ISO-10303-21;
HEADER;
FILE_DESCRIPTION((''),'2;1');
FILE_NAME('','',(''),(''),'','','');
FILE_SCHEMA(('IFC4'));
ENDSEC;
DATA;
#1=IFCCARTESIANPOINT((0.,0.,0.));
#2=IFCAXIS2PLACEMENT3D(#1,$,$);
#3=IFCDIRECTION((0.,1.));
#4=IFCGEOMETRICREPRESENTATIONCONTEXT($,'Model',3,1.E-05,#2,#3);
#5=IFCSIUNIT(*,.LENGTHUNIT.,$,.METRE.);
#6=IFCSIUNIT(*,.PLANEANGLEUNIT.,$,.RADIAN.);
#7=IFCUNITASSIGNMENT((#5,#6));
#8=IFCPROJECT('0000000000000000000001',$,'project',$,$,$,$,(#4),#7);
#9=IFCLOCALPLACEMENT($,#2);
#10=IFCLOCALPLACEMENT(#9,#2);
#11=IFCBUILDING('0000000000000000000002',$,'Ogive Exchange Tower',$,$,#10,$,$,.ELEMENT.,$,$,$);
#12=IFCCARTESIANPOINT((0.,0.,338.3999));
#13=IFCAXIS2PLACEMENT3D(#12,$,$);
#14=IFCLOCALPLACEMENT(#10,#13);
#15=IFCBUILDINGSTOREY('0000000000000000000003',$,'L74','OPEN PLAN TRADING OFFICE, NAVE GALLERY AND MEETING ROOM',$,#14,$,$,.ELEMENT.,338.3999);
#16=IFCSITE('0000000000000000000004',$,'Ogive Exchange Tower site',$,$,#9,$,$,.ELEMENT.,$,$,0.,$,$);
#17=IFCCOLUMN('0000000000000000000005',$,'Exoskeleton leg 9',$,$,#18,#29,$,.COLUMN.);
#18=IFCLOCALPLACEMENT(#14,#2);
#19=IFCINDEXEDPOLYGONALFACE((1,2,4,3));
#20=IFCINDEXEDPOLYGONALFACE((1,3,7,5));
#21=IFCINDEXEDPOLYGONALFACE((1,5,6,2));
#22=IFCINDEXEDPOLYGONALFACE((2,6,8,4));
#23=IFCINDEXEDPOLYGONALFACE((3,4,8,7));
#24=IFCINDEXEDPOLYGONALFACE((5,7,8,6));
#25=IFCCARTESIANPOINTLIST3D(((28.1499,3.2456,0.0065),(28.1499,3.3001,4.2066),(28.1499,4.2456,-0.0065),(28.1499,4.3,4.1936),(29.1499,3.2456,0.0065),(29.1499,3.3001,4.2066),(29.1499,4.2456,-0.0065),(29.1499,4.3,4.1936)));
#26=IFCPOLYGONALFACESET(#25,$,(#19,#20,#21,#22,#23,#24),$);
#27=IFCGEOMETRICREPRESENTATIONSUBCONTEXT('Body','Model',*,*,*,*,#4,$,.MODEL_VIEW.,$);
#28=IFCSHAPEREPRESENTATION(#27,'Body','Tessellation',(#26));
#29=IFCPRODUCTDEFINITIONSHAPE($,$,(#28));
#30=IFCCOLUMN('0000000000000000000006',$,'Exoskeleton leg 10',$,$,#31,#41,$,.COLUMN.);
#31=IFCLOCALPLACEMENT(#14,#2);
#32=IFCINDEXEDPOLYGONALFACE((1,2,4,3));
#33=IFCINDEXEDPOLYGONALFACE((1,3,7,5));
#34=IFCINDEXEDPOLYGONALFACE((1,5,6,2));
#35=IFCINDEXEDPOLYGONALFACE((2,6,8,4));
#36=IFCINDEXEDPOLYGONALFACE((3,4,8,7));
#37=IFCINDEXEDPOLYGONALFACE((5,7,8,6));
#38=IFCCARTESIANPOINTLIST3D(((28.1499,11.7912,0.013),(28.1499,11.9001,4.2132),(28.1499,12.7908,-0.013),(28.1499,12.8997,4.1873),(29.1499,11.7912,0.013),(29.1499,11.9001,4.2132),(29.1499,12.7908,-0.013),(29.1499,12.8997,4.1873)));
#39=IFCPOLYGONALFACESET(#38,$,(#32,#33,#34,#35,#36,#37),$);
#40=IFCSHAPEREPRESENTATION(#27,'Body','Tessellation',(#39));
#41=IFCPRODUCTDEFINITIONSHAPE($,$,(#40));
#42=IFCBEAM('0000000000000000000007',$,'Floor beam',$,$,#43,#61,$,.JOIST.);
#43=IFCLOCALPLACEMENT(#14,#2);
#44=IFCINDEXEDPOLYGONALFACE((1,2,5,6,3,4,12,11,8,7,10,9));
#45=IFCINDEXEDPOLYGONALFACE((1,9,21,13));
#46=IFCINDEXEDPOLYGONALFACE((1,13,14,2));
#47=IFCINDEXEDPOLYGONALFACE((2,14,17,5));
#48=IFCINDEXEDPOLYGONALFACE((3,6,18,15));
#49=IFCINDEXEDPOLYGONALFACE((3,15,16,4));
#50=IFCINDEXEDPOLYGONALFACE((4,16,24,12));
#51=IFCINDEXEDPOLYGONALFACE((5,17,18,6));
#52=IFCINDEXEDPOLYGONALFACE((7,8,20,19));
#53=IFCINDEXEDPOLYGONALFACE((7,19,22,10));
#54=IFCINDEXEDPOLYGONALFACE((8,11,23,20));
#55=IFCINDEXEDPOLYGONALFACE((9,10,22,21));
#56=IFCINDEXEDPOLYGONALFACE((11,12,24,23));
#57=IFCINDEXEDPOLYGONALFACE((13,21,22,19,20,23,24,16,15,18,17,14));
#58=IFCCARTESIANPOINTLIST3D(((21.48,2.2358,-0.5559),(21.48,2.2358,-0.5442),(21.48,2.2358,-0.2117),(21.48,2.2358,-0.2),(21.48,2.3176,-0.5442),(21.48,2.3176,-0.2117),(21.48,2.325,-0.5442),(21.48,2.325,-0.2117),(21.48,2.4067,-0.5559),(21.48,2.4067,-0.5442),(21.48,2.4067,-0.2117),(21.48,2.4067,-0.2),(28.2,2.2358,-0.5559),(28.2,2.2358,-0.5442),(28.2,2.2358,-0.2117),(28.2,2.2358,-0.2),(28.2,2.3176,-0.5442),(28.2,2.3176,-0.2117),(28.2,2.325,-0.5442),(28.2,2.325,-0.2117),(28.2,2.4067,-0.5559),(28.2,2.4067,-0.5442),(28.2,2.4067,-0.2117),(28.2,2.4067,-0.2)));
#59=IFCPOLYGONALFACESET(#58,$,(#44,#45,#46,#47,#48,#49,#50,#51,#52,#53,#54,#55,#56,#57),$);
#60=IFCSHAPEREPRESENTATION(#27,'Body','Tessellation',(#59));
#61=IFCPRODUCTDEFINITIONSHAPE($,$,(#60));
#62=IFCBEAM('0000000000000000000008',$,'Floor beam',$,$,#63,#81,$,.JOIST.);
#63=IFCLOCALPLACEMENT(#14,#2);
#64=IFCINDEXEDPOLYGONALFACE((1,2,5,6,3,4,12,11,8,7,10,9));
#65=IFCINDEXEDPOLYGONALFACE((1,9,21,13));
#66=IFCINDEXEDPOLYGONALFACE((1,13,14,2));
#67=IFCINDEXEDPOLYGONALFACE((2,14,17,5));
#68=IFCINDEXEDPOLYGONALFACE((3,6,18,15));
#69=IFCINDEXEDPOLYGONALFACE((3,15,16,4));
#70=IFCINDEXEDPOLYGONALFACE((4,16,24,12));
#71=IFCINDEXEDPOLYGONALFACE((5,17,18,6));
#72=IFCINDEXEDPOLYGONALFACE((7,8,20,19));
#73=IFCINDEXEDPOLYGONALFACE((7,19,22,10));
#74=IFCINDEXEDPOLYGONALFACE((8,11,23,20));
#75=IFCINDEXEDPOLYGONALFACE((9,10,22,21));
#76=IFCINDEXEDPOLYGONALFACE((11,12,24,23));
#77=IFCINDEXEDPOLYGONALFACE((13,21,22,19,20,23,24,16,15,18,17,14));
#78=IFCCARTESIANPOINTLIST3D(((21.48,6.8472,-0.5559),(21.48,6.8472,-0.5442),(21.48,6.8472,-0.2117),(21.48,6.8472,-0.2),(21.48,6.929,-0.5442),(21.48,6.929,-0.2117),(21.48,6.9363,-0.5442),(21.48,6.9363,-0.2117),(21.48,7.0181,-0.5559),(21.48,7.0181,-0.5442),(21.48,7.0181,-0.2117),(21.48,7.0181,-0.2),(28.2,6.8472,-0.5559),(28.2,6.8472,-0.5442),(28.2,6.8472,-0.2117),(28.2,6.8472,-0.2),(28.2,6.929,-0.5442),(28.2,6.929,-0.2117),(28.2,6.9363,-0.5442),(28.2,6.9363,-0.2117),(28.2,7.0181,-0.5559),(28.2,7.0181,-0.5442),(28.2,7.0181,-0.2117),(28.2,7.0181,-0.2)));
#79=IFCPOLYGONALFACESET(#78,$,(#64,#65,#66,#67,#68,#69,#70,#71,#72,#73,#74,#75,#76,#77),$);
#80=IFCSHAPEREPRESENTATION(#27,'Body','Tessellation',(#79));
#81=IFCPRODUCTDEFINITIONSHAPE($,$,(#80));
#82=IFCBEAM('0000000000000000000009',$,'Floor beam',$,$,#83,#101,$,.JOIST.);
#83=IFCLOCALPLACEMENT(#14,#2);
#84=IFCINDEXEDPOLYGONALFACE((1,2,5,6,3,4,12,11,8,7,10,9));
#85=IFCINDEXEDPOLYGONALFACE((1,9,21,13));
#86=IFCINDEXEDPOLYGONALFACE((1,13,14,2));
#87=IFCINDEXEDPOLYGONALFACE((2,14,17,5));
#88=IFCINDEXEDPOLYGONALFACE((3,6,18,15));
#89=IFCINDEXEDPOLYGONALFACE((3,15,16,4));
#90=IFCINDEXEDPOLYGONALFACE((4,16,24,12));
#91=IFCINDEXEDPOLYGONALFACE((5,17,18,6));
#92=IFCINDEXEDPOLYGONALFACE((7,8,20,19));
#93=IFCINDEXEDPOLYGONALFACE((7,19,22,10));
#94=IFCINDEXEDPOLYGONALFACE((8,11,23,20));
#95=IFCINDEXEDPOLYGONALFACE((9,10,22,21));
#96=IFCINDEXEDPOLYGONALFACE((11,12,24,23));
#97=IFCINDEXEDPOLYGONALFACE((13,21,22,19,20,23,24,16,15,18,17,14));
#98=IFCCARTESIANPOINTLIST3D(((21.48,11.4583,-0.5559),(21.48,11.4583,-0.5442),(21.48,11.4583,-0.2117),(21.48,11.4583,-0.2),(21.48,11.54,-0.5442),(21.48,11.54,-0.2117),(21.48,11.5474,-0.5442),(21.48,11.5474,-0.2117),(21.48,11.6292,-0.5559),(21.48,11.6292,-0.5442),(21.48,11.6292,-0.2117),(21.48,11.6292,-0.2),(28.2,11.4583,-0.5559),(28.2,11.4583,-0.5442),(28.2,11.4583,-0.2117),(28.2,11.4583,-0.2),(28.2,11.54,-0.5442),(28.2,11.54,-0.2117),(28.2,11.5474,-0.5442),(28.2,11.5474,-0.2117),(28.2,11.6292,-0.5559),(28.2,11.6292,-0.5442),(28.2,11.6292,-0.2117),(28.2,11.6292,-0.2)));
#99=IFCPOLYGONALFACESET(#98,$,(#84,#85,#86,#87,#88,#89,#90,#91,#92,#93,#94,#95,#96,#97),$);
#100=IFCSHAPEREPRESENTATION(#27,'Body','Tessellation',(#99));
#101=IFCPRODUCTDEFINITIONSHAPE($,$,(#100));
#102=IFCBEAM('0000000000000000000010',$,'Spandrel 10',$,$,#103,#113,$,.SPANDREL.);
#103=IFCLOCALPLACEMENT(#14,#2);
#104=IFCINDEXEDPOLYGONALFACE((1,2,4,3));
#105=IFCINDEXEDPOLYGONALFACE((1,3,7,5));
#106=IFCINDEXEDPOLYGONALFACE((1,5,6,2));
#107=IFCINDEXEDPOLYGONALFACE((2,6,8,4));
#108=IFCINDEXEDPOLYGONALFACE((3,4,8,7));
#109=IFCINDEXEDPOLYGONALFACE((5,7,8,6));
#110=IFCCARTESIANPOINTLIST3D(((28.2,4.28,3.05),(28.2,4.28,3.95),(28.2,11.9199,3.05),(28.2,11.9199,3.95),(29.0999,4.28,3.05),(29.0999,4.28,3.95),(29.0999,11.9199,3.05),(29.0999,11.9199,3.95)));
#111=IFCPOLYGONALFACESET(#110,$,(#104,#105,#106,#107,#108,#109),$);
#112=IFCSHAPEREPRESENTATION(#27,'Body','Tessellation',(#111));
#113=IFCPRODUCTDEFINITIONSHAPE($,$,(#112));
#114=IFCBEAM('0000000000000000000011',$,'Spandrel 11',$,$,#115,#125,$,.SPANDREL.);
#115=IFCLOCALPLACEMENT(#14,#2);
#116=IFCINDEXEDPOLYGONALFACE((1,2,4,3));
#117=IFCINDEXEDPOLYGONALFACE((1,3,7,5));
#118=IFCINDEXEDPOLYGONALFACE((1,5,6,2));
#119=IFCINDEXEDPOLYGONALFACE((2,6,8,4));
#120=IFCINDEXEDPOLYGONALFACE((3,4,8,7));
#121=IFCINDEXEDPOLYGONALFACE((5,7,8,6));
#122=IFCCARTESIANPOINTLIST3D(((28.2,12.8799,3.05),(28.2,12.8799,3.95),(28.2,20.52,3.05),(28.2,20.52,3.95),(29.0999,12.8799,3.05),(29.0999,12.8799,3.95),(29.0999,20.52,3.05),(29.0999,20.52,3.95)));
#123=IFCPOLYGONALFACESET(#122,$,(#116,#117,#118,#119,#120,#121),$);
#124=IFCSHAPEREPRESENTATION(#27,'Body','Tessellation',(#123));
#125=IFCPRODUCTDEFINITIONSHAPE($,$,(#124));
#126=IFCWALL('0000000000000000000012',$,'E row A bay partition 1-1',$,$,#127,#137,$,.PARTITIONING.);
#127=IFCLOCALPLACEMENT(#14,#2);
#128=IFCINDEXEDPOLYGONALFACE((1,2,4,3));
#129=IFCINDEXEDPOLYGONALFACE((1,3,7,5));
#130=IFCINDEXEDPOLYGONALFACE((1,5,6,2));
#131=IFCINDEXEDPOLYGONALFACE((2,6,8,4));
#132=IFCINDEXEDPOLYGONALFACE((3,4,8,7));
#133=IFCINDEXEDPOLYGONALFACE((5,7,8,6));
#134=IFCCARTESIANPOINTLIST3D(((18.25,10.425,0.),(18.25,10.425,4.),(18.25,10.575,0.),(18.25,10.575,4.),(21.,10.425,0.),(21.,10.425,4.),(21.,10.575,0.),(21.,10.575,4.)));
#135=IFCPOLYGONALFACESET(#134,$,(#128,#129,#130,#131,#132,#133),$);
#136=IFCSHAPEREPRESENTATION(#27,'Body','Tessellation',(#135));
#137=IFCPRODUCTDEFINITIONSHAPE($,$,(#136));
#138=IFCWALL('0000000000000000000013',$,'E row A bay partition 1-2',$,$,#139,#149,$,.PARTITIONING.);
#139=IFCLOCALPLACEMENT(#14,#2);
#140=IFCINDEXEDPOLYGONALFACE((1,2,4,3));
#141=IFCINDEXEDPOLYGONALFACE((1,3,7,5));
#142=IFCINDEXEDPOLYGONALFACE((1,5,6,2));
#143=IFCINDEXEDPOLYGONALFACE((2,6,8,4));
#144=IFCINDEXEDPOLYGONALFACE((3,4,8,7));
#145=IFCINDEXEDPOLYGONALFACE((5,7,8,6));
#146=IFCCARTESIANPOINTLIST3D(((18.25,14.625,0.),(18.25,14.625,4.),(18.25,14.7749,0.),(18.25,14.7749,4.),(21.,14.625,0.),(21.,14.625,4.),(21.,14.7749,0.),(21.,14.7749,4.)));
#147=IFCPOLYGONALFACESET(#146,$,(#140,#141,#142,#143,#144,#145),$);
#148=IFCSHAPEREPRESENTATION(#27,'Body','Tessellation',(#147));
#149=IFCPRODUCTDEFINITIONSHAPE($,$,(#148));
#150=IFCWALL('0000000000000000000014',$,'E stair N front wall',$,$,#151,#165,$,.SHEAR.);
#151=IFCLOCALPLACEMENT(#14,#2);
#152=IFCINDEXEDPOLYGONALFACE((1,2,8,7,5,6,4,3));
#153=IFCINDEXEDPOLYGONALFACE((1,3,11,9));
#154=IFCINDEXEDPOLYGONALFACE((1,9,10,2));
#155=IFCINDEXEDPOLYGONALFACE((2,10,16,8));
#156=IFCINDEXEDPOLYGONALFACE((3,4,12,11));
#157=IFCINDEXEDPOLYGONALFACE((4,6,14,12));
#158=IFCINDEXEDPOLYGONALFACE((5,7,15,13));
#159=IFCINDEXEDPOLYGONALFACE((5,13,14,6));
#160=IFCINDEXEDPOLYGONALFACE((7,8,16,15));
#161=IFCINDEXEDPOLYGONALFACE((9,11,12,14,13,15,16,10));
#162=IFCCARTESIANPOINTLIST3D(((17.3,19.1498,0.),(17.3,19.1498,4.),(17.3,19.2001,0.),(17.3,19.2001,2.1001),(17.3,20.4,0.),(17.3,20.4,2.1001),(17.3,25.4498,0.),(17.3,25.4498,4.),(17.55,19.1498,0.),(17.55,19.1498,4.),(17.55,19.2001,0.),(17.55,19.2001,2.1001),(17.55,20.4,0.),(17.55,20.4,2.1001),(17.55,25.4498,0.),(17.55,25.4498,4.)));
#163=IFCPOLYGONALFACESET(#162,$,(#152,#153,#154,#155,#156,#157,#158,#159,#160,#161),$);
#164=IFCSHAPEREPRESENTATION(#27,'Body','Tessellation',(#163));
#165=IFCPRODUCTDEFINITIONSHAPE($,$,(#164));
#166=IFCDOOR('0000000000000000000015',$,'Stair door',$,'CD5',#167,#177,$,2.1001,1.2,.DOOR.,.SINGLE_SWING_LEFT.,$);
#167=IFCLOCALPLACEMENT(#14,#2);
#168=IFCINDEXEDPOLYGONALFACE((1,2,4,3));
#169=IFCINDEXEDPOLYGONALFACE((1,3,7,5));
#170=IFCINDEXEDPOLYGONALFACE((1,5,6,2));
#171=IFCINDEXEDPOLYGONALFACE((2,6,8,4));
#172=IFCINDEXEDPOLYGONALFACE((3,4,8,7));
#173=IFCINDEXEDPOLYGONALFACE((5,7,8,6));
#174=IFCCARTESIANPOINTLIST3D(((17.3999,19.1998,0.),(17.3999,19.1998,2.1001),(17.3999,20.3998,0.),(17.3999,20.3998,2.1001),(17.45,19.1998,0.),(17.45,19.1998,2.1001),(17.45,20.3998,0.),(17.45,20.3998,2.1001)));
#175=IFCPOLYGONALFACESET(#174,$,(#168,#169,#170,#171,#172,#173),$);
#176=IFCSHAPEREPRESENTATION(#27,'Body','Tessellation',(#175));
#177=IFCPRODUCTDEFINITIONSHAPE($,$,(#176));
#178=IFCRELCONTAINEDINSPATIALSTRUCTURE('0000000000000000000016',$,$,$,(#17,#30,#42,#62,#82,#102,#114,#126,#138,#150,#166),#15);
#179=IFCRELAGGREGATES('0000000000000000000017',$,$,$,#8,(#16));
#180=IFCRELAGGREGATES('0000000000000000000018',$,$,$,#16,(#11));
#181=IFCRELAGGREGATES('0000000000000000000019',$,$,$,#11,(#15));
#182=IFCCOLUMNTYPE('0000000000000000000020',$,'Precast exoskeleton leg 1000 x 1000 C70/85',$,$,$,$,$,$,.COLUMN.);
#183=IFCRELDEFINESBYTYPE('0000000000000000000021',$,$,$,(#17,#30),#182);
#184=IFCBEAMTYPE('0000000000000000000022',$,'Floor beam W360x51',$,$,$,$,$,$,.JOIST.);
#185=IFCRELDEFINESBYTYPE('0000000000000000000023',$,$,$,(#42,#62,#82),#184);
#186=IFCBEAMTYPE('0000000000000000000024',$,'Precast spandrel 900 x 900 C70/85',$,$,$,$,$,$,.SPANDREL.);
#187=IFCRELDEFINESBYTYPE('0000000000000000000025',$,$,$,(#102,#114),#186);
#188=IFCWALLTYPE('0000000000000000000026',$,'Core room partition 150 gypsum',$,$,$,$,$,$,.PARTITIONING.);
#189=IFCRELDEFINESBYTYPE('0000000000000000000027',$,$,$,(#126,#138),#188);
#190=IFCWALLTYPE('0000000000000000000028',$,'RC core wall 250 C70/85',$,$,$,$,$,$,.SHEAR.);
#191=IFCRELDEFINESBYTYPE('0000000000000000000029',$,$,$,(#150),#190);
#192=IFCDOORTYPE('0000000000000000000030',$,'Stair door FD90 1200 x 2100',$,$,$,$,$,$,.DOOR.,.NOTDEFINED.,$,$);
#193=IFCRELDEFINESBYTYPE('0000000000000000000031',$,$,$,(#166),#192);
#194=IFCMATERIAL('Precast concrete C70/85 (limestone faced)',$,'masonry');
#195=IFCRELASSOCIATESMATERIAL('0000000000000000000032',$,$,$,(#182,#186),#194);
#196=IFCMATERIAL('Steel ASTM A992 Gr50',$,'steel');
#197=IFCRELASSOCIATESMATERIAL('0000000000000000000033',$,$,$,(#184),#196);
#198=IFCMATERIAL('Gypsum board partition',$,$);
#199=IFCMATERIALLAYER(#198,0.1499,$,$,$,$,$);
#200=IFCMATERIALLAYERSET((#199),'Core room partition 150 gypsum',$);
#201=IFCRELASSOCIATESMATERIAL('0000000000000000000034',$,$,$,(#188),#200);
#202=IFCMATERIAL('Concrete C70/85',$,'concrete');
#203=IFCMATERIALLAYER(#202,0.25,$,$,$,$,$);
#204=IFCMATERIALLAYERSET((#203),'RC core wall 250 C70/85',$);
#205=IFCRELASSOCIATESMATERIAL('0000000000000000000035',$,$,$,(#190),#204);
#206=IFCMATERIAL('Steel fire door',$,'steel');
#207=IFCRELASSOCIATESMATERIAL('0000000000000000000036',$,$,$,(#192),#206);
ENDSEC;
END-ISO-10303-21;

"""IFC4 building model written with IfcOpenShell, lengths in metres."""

from ifc_helpers import new_model, si_unit, direction, frame, frame_2d, origin, origin_2d, place, context, subcontext, project, spatial, rectangle, i_section, extrude, material, layer, layer_set, material_profile, profile_set, type_object, element, fill, save


model = new_model("IFC4")

# Units and contexts
model_context = context("Model", 3, precision=1e-05, world=origin(), true_north=direction((0.0, 1.0)))
body_context = subcontext(model_context, "Body", "Model", "MODEL_VIEW")
ifc_project = project(units=[si_unit("LENGTHUNIT", "METRE"), si_unit("PLANEANGLEUNIT", "RADIAN")], contexts=[model_context])

# Site, building, storey
site_placement = place(None, origin())
site = spatial("IfcSite", under=ifc_project, at=site_placement, Name="Ogive Exchange Tower site", CompositionType="ELEMENT", RefElevation=0.0)
building_placement = place(site_placement, origin())
building = spatial("IfcBuilding", under=site, at=building_placement, Name="Ogive Exchange Tower", CompositionType="ELEMENT")
storey_placement = place(building_placement, frame((0.0, 0.0, 338.3999)))
storey = spatial("IfcBuildingStorey", under=building, at=storey_placement, Name="L74", Description="OPEN PLAN TRADING OFFICE, NAVE GALLERY AND MEETING ROOM", CompositionType="ELEMENT", Elevation=338.3999)

# Columns
ifc_material_1 = material(Name="Precast concrete C70/85 (limestone faced)", Category="masonry")
ifc_material_profile_1 = material_profile(ifc_material_1, rectangle(XDim=1.0, YDim=1.0, at=origin_2d()), Name="1000 x 1000")
ifc_profile_set_1 = profile_set([ifc_material_profile_1], Name="Precast concrete C70/85 (limestone faced)")
column_type = type_object("IfcColumnType", Name="Precast exoskeleton leg 1000 x 1000 C70/85", PredefinedType="COLUMN", material=ifc_profile_set_1)
column_1_placement = place(storey_placement, frame((28.6499, 3.7456, 0.0), z_axis=(0.0, 0.012961, 0.999916), x_axis=(-1.0, 0.0, 0.0)))
element("IfcColumn", 1, at=column_1_placement, inside=storey, type_object=column_type, Name="Exoskeleton leg 9", PredefinedType="COLUMN", context=body_context, shape_type="SweptSolid", body=[
    extrude(rectangle(XDim=1.0, YDim=1.0, at=origin_2d()), origin(), (0.0, 0.0, 1.0), 4.2004),
])
column_2_placement = place(storey_placement, frame((28.6499, 12.291, 0.0), z_axis=(0.0, 0.025915, 0.999664), x_axis=(-1.0, 0.0, 0.0)))
element("IfcColumn", 2, at=column_2_placement, inside=storey, type_object=column_type, Name="Exoskeleton leg 10", PredefinedType="COLUMN", context=body_context, shape_type="SweptSolid", body=[
    extrude(rectangle(XDim=1.0, YDim=1.0, at=origin_2d()), origin(), (0.0, 0.0, 1.0), 4.2017),
])

# Beams
ifc_material_2 = material(Name="Steel ASTM A992 Gr50", Category="steel")
ifc_material_profile_2 = material_profile(ifc_material_2, i_section(OverallWidth=0.1709, OverallDepth=0.356, WebThickness=0.0073, FlangeThickness=0.0117, at=origin_2d()), Name="W360x51")
ifc_profile_set_2 = profile_set([ifc_material_profile_2], Name="Steel ASTM A992 Gr50")
beam_type_1 = type_object("IfcBeamType", Name="Floor beam W360x51", PredefinedType="JOIST", material=ifc_profile_set_2)
for number, where, z_axis, x_axis, name in (
    (3, (21.48, 2.3213, -0.3779), (1.0, 0.0, 0.0), (0.0, 1.0, 0.0), "Floor beam"),
    (4, (21.48, 6.9326, -0.3779), (1.0, 0.0, 0.0), (0.0, 1.0, 0.0), "Floor beam"),
    (5, (21.48, 11.5437, -0.3779), (1.0, 0.0, 0.0), (0.0, 1.0, 0.0), "Floor beam"),
):
    element("IfcBeam", number, at=place(storey_placement, frame(where, z_axis=z_axis, x_axis=x_axis)), inside=storey, type_object=beam_type_1, Name=name, PredefinedType="JOIST", context=body_context, shape_type="SweptSolid", body=[
        extrude(i_section(OverallWidth=0.1709, OverallDepth=0.356, WebThickness=0.0073, FlangeThickness=0.0117, at=origin_2d()), origin(), (0.0, 0.0, 1.0), 6.72),
    ])
ifc_material_profile_3 = material_profile(ifc_material_1, rectangle(XDim=0.8999, YDim=0.8999, at=origin_2d()), Name="900 x 900")
ifc_profile_set_3 = profile_set([ifc_material_profile_3], Name="Precast concrete C70/85 (limestone faced)")
beam_type_2 = type_object("IfcBeamType", Name="Precast spandrel 900 x 900 C70/85", PredefinedType="SPANDREL", material=ifc_profile_set_3)
beam_1_placement = place(storey_placement, frame((28.6499, 4.28, 3.5), z_axis=(0.0, 1.0, 0.0), x_axis=(-1.0, 0.0, 0.0)))
element("IfcBeam", 6, at=beam_1_placement, inside=storey, type_object=beam_type_2, Name="Spandrel 10", PredefinedType="SPANDREL", context=body_context, shape_type="SweptSolid", body=[
    extrude(rectangle(XDim=0.8999, YDim=0.8999, at=origin_2d()), origin(), (0.0, 0.0, 1.0), 7.6399),
])
beam_2_placement = place(storey_placement, frame((28.6499, 12.8799, 3.5), z_axis=(0.0, 1.0, 0.0), x_axis=(-1.0, 0.0, 0.0)))
element("IfcBeam", 7, at=beam_2_placement, inside=storey, type_object=beam_type_2, Name="Spandrel 11", PredefinedType="SPANDREL", context=body_context, shape_type="SweptSolid", body=[
    extrude(rectangle(XDim=0.8999, YDim=0.8999, at=origin_2d()), origin(), (0.0, 0.0, 1.0), 7.6401),
])

# Walls
ifc_material_3 = material(Name="Gypsum board partition")
ifc_layer_1 = layer(ifc_material_3, 0.1499)
ifc_layer_set_1 = layer_set([ifc_layer_1], Name="Core room partition 150 gypsum")
wall_type_1 = type_object("IfcWallType", Name="Core room partition 150 gypsum", PredefinedType="PARTITIONING", material=ifc_layer_set_1)
for number, where, z_axis, x_axis, name in (
    (8, (18.25, 10.5, 0.0), (0.0, 0.0, 1.0), (1.0, 0.0, 0.0), "E row A bay partition 1-1"),
    (9, (18.25, 14.7, 0.0), (0.0, 0.0, 1.0), (1.0, 0.0, 0.0), "E row A bay partition 1-2"),
):
    element("IfcWall", number, at=place(storey_placement, frame(where, z_axis=z_axis, x_axis=x_axis)), inside=storey, type_object=wall_type_1, Name=name, PredefinedType="PARTITIONING", context=body_context, shape_type="SweptSolid", body=[
        extrude(rectangle(XDim=2.75, YDim=0.1499, at=frame_2d((1.375, 0.0))), origin(), (0.0, 0.0, 1.0), 4.0),
    ])

# Wall, opening, door
ifc_material_4 = material(Name="Concrete C70/85", Category="concrete")
ifc_layer_2 = layer(ifc_material_4, 0.25)
ifc_layer_set_2 = layer_set([ifc_layer_2], Name="RC core wall 250 C70/85")
wall_type_2 = type_object("IfcWallType", Name="RC core wall 250 C70/85", PredefinedType="SHEAR", material=ifc_layer_set_2)
wall_1_placement = place(storey_placement, frame((17.425, 19.1499, 0.0), z_axis=(0.0, 0.0, 1.0), x_axis=(0.0, 1.0, 0.0)))
wall_1 = element("IfcWall", 10, at=wall_1_placement, inside=storey, type_object=wall_type_2, Name="E stair N front wall", PredefinedType="SHEAR", context=body_context, shape_type="SweptSolid", body=[
    extrude(rectangle(XDim=6.3, YDim=0.25, at=frame_2d((3.1499, 0.0))), origin(), (0.0, 0.0, 1.0), 4.0),
])
opening_1_placement = place(wall_1_placement, frame((0.05, 0.0, 0.0)))
opening_1 = element("IfcOpeningElement", 11, at=opening_1_placement, cuts=wall_1, PredefinedType="OPENING", context=body_context, shape_type="SweptSolid", body=[
    extrude(rectangle(XDim=1.2, YDim=2.1001, at=frame_2d((0.6001, 1.05))), frame((0.0, 0.135, 0.0), z_axis=(0.0, -1.0, 0.0), x_axis=(1.0, 0.0, 0.0)), (0.0, 0.0, 1.0), 0.27),
])
ifc_material_5 = material(Name="Steel fire door", Category="steel")
door_type_1 = type_object("IfcDoorType", Name="Stair door FD90 1200 x 2100", OperationType="NOTDEFINED", PredefinedType="DOOR", material=ifc_material_5)
door_1_placement = place(opening_1_placement, frame((1.2, 0.0, 0.0), z_axis=(0.0, 0.0, 1.0), x_axis=(-1.0, 0.0, 0.0)))
door_1 = element("IfcDoor", 12, at=door_1_placement, inside=storey, type_object=door_type_1, Name="Stair door", ObjectType="CD5", OperationType="SINGLE_SWING_LEFT", OverallHeight=2.1001, OverallWidth=1.2, PredefinedType="DOOR", context=body_context, shape_type="SweptSolid", body=[
    extrude(rectangle(XDim=1.2, YDim=2.1001, at=frame_2d((0.6001, 1.05))), frame((0.0, 0.0249, 0.0), z_axis=(0.0, -1.0, 0.0), x_axis=(1.0, 0.0, 0.0)), (0.0, 0.0, 1.0), 0.05),
])
fill(opening_1, door_1)

save(model, "model.ifc")
